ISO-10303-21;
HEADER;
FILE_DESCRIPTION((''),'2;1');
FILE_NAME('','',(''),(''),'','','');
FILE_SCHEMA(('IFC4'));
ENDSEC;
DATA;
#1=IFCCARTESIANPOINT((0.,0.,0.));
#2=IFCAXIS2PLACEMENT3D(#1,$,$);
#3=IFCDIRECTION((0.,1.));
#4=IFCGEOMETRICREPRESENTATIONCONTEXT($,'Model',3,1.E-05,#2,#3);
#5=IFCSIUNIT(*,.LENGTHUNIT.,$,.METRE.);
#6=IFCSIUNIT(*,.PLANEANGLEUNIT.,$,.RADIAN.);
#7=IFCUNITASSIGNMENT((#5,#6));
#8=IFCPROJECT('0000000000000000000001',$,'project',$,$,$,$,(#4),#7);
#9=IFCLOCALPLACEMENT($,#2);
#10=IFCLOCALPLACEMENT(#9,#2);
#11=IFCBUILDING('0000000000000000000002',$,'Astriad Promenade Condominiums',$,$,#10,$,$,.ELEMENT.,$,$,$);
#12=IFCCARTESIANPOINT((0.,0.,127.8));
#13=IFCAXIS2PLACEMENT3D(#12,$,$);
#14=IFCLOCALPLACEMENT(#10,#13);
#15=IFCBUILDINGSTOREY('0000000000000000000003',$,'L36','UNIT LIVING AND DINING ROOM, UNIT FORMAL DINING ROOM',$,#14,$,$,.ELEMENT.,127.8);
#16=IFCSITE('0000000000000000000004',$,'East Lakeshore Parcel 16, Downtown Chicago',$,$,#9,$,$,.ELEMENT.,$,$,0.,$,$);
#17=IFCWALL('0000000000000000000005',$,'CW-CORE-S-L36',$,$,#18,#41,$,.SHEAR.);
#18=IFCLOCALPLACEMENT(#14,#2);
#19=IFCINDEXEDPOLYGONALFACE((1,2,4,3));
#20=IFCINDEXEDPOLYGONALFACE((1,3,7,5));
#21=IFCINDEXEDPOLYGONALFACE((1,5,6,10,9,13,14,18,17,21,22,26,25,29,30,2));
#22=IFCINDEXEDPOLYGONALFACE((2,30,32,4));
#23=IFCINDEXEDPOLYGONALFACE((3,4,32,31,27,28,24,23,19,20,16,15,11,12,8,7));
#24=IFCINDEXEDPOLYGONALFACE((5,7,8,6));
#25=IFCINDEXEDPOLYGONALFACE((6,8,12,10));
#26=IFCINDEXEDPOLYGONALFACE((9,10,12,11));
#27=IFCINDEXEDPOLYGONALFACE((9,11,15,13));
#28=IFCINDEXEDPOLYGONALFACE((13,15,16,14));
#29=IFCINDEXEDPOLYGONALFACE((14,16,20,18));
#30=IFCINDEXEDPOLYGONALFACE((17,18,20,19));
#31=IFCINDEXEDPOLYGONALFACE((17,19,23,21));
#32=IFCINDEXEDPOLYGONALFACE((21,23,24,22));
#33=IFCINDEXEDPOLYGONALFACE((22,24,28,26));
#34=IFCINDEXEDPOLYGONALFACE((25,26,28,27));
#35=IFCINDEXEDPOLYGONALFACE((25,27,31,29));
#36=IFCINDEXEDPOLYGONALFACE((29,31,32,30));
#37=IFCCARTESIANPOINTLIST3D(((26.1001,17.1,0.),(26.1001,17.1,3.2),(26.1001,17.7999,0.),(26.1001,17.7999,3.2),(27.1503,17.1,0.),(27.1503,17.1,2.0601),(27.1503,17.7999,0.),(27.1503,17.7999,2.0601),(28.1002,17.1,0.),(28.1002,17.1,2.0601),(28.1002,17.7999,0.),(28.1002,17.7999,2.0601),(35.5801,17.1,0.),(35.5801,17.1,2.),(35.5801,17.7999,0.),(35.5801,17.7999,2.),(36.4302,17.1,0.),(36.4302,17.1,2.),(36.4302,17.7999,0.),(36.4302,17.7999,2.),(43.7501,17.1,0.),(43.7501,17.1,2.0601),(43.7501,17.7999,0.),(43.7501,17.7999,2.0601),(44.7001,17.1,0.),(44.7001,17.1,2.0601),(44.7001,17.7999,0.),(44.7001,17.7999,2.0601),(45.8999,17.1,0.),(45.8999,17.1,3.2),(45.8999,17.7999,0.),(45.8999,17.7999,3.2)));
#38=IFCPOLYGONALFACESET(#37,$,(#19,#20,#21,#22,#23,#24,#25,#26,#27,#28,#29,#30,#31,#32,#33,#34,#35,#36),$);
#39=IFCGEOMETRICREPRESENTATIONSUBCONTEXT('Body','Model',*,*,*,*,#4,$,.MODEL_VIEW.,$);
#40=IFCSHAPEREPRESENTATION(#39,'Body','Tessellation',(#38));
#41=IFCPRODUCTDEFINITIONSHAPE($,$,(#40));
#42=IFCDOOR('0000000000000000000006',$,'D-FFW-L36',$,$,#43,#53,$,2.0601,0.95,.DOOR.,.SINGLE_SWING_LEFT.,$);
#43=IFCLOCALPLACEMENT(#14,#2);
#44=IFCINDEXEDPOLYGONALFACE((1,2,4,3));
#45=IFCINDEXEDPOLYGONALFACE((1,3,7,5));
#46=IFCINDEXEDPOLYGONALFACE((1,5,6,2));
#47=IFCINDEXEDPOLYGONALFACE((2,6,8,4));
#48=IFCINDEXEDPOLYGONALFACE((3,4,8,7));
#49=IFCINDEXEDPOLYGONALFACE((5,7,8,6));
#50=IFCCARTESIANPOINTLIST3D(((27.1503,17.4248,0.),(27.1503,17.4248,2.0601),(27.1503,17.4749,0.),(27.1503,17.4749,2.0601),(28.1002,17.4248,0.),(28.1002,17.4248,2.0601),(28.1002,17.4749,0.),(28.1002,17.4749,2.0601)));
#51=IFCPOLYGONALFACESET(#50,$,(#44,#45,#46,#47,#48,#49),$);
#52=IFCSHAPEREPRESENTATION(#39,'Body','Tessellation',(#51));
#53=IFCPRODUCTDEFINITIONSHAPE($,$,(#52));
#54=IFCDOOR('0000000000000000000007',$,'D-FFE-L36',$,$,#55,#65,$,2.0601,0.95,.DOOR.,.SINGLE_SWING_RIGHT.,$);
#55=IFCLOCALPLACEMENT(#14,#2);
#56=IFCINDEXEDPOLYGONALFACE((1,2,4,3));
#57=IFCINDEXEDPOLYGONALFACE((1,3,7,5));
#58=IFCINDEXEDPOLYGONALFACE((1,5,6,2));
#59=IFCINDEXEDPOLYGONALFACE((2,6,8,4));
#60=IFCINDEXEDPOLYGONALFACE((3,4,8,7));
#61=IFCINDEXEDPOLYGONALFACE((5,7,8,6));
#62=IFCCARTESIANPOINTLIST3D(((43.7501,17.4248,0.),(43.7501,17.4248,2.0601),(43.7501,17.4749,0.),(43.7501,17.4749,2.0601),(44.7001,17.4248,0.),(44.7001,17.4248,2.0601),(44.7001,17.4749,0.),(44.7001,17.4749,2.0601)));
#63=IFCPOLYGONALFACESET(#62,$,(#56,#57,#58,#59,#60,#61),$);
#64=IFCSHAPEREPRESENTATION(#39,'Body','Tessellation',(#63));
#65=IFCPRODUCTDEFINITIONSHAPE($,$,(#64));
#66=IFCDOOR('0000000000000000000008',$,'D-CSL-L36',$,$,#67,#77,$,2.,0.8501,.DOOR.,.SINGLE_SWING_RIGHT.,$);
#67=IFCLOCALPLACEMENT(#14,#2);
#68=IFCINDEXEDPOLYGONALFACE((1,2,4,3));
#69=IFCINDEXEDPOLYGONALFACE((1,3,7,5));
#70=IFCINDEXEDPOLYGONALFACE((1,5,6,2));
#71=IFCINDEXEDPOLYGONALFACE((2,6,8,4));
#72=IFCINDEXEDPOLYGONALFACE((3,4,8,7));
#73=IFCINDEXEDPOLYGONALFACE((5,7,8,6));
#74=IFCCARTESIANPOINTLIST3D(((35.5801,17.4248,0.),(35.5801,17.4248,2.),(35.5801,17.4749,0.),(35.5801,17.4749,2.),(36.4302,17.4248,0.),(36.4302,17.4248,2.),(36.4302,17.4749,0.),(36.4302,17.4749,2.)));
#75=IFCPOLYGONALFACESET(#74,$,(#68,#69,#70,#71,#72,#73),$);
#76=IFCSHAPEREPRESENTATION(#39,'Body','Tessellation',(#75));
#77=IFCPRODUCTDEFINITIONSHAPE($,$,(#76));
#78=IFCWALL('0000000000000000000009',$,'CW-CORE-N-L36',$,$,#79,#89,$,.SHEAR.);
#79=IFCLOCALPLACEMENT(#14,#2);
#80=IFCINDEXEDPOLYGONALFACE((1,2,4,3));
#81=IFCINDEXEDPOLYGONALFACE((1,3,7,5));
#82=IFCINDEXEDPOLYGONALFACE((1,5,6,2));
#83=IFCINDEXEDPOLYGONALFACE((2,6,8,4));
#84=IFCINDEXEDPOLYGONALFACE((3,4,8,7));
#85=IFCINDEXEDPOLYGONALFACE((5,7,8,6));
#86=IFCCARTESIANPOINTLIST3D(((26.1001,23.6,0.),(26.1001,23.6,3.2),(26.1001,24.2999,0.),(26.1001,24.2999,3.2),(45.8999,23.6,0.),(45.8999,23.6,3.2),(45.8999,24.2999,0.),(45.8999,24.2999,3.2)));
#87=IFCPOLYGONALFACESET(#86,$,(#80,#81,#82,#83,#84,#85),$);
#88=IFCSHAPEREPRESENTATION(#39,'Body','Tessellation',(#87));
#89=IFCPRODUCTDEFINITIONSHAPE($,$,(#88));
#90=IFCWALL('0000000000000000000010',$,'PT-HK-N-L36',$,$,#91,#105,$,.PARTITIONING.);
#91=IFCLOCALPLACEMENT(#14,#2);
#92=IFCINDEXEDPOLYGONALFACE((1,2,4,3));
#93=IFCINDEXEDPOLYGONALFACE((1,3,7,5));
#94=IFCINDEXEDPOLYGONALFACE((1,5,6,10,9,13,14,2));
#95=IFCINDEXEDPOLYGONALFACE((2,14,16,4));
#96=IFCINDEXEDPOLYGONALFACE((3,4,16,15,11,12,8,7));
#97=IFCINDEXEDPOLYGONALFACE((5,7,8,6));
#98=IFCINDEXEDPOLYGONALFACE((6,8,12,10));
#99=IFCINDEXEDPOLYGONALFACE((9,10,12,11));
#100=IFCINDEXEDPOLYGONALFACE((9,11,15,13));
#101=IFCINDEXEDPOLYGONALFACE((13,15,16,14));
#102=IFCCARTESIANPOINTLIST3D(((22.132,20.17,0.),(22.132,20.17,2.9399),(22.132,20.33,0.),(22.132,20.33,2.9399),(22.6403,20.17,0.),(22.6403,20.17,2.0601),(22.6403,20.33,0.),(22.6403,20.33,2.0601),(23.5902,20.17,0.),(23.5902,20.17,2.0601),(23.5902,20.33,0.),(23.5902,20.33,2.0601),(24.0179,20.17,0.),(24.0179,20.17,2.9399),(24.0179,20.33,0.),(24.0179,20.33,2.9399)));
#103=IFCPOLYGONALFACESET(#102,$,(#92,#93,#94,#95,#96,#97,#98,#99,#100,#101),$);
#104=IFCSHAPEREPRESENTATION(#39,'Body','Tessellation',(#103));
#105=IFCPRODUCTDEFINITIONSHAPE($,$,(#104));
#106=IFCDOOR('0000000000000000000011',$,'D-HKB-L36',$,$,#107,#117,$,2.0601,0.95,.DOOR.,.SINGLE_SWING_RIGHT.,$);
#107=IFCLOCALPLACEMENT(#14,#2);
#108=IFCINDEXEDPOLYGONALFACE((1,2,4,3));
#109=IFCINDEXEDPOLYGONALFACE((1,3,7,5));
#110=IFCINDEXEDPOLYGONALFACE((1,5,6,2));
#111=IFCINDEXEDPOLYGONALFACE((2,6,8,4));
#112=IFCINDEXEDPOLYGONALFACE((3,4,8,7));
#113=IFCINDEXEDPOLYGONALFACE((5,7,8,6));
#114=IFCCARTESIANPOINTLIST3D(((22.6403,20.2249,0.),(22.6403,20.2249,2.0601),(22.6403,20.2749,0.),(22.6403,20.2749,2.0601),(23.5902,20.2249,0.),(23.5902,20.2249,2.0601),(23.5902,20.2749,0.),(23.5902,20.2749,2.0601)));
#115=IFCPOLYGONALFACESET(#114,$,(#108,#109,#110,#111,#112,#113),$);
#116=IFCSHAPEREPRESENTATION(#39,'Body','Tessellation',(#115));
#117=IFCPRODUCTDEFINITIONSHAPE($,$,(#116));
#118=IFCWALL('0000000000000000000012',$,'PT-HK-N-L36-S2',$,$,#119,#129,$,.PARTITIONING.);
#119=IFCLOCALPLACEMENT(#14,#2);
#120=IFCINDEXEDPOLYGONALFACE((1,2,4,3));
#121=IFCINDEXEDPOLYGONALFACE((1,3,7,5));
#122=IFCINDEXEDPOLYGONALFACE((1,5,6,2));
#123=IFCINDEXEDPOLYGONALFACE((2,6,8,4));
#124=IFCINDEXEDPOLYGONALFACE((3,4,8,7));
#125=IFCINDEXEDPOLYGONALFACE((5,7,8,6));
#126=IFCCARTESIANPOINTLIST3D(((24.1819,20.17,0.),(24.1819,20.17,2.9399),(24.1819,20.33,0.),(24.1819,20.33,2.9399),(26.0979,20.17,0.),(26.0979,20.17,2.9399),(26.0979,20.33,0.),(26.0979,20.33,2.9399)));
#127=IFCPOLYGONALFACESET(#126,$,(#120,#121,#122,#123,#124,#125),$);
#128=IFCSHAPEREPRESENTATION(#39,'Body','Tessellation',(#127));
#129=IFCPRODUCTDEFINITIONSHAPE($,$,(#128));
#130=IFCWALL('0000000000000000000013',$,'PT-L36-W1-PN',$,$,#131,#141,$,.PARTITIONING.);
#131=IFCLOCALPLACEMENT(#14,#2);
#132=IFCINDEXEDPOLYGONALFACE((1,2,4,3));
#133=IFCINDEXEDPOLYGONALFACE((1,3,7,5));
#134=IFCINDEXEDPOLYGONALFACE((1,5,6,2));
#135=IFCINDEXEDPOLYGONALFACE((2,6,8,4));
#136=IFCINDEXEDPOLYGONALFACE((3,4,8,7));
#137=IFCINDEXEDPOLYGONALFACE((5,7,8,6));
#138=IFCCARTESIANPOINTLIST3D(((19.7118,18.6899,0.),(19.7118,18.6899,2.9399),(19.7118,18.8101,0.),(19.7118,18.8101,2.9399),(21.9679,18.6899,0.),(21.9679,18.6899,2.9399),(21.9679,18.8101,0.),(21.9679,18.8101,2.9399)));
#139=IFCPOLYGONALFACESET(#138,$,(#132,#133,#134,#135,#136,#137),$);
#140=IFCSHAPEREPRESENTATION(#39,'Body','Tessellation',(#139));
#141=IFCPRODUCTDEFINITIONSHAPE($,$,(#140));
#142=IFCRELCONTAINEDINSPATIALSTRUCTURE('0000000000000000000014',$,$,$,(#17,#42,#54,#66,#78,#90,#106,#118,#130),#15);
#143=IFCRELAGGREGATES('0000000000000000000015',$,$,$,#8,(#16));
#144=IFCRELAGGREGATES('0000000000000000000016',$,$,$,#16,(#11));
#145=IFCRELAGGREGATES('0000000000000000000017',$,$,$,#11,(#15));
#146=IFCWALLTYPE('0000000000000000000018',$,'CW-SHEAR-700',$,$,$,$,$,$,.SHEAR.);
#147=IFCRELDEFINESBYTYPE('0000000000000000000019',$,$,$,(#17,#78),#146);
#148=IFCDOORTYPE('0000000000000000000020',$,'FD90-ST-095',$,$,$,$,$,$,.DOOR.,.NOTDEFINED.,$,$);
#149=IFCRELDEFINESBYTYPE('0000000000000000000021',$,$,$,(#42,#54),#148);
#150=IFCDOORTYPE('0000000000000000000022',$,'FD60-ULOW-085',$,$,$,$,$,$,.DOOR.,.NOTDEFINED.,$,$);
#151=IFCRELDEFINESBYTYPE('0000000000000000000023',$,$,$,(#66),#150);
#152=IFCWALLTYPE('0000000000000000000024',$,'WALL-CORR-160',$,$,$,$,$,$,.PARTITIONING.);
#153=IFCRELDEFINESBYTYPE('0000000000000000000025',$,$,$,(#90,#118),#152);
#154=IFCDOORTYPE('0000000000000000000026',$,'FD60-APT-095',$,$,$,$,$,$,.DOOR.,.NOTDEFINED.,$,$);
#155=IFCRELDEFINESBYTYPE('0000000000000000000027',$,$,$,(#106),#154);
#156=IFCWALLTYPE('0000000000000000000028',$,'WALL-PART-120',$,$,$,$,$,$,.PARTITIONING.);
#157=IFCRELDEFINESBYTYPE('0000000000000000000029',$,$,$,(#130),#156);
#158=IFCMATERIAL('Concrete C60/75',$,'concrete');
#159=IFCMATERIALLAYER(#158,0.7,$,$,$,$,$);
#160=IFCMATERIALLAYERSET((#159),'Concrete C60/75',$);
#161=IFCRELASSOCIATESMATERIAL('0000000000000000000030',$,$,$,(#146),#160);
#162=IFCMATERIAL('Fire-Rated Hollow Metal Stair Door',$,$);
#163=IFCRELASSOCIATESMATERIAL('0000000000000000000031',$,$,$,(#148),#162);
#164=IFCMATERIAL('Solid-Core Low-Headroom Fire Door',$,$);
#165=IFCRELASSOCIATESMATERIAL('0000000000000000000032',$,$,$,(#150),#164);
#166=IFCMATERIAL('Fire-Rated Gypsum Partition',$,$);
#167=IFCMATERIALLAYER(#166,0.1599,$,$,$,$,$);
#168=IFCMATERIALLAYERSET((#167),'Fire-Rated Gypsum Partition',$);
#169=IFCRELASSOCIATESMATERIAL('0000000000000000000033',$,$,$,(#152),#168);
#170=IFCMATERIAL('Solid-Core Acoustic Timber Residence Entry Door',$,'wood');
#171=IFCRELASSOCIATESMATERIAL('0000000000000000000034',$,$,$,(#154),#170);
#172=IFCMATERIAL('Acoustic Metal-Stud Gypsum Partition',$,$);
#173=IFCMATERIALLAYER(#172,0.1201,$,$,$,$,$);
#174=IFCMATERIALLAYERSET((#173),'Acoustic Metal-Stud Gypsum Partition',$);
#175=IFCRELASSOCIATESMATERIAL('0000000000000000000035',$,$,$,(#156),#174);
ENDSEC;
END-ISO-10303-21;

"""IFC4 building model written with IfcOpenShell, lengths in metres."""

from ifc_helpers import new_model, si_unit, direction, frame, frame_2d, origin, place, context, subcontext, project, spatial, rectangle, extrude, source, transform, mapped, material, layer, layer_set, type_object, type_shapes, element, fill, save


model = new_model("IFC4")

# Units and contexts
model_context = context("Model", 3, precision=1e-05, world=origin(), true_north=direction((0.0, 1.0)))
body_context = subcontext(model_context, "Body", "Model", "MODEL_VIEW")
ifc_project = project(units=[si_unit("LENGTHUNIT", "METRE"), si_unit("PLANEANGLEUNIT", "RADIAN")], contexts=[model_context])

# Site, building, storey
site_placement = place(None, origin())
site = spatial("IfcSite", under=ifc_project, at=site_placement, Name="East Lakeshore Parcel 16, Downtown Chicago", CompositionType="ELEMENT", RefElevation=0.0)
building_placement = place(site_placement, origin())
building = spatial("IfcBuilding", under=site, at=building_placement, Name="Astriad Promenade Condominiums", CompositionType="ELEMENT")
storey_placement = place(building_placement, frame((0.0, 0.0, 127.8)))
storey = spatial("IfcBuildingStorey", under=building, at=storey_placement, Name="L36", Description="UNIT LIVING AND DINING ROOM, UNIT FORMAL DINING ROOM", CompositionType="ELEMENT", Elevation=127.8)

# Shared definitions
ifc_material_1 = material(Name="Concrete C60/75", Category="concrete")

# Wall, openings, doors
ifc_layer_1 = layer(ifc_material_1, 0.7)
ifc_layer_set_1 = layer_set([ifc_layer_1], Name="Concrete C60/75")
wall_type_1 = type_object("IfcWallType", Name="CW-SHEAR-700", PredefinedType="SHEAR", material=ifc_layer_set_1)
wall_1_placement = place(storey_placement, frame((26.1001, 17.45, 0.0), z_axis=(0.0, 0.0, 1.0), x_axis=(1.0, 0.0, 0.0)))
wall_1 = element("IfcWall", 1, at=wall_1_placement, inside=storey, type_object=wall_type_1, Name="CW-CORE-S-L36", PredefinedType="SHEAR", context=body_context, shape_type="SweptSolid", body=[
    extrude(rectangle(XDim=19.7998, YDim=0.7, at=frame_2d((9.8999, 0.0))), origin(), (0.0, 0.0, 1.0), 3.2),
])
opening_1_placement = place(wall_1_placement, frame((1.05, 0.0, 0.0)))
opening_1 = element("IfcOpeningElement", 2, at=opening_1_placement, cuts=wall_1, PredefinedType="OPENING", context=body_context, shape_type="SweptSolid", body=[
    extrude(rectangle(XDim=0.95, YDim=2.0601, at=frame_2d((0.4751, 1.03))), frame((0.0, 0.3599, 0.0), z_axis=(0.0, -1.0, 0.0), x_axis=(1.0, 0.0, 0.0)), (0.0, 0.0, 1.0), 0.72),
])
opening_2_placement = place(wall_1_placement, frame((9.48, 0.0, 0.0)))
opening_2 = element("IfcOpeningElement", 3, at=opening_2_placement, cuts=wall_1, PredefinedType="OPENING", context=body_context, shape_type="SweptSolid", body=[
    extrude(rectangle(XDim=0.8501, YDim=2.0, at=frame_2d((0.425, 1.0))), frame((0.0, 0.3599, 0.0), z_axis=(0.0, -1.0, 0.0), x_axis=(1.0, 0.0, 0.0)), (0.0, 0.0, 1.0), 0.72),
])
opening_3_placement = place(wall_1_placement, frame((17.6499, 0.0, 0.0)))
opening_3 = element("IfcOpeningElement", 4, at=opening_3_placement, cuts=wall_1, PredefinedType="OPENING", context=body_context, shape_type="SweptSolid", body=[
    extrude(rectangle(XDim=0.95, YDim=2.0601, at=frame_2d((0.4751, 1.03))), frame((0.0, 0.3599, 0.0), z_axis=(0.0, -1.0, 0.0), x_axis=(1.0, 0.0, 0.0)), (0.0, 0.0, 1.0), 0.72),
])
ifc_material_2 = material(Name="Fire-Rated Hollow Metal Stair Door")
door_type_1 = type_object("IfcDoorType", Name="FD90-ST-095", OperationType="NOTDEFINED", PredefinedType="DOOR", material=ifc_material_2)
shared_shape_1 = source(origin(), body_context, "Body", "SweptSolid", [
    extrude(rectangle(XDim=0.95, YDim=2.0601, at=frame_2d((0.4751, 1.03))), frame((0.0, 0.0249, 0.0), z_axis=(0.0, -1.0, 0.0), x_axis=(1.0, 0.0, 0.0)), (0.0, 0.0, 1.0), 0.05),
])
type_shapes(door_type_1, [shared_shape_1])
door_1_placement = place(opening_1_placement, origin())
door_1 = element("IfcDoor", 5, at=door_1_placement, inside=storey, type_object=door_type_1, Name="D-FFW-L36", OperationType="SINGLE_SWING_LEFT", OverallHeight=2.0601, OverallWidth=0.95, PredefinedType="DOOR", context=body_context, shape_type="MappedRepresentation", body=[
    mapped(shared_shape_1, transform((0.0, 0.0, 0.0), scale=1.0)),
])
fill(opening_1, door_1)
door_2_placement = place(opening_3_placement, origin())
door_2 = element("IfcDoor", 6, at=door_2_placement, inside=storey, type_object=door_type_1, Name="D-FFE-L36", OperationType="SINGLE_SWING_RIGHT", OverallHeight=2.0601, OverallWidth=0.95, PredefinedType="DOOR", context=body_context, shape_type="MappedRepresentation", body=[
    mapped(shared_shape_1, transform((0.0, 0.0, 0.0), scale=1.0)),
])
fill(opening_3, door_2)
ifc_material_3 = material(Name="Solid-Core Low-Headroom Fire Door")
door_type_2 = type_object("IfcDoorType", Name="FD60-ULOW-085", OperationType="NOTDEFINED", PredefinedType="DOOR", material=ifc_material_3)
shared_shape_2 = source(origin(), body_context, "Body", "SweptSolid", [
    extrude(rectangle(XDim=0.8501, YDim=2.0, at=frame_2d((0.425, 1.0))), frame((0.0, 0.0249, 0.0), z_axis=(0.0, -1.0, 0.0), x_axis=(1.0, 0.0, 0.0)), (0.0, 0.0, 1.0), 0.05),
])
type_shapes(door_type_2, [shared_shape_2])
door_3_placement = place(opening_2_placement, origin())
door_3 = element("IfcDoor", 7, at=door_3_placement, inside=storey, type_object=door_type_2, Name="D-CSL-L36", OperationType="SINGLE_SWING_RIGHT", OverallHeight=2.0, OverallWidth=0.8501, PredefinedType="DOOR", context=body_context, shape_type="MappedRepresentation", body=[
    mapped(shared_shape_2, transform((0.0, 0.0, 0.0), scale=1.0)),
])
fill(opening_2, door_3)

# Wall
wall_2_placement = place(storey_placement, frame((26.1001, 23.95, 0.0), z_axis=(0.0, 0.0, 1.0), x_axis=(1.0, 0.0, 0.0)))
element("IfcWall", 8, at=wall_2_placement, inside=storey, type_object=wall_type_1, Name="CW-CORE-N-L36", PredefinedType="SHEAR", context=body_context, shape_type="SweptSolid", body=[
    extrude(rectangle(XDim=19.7998, YDim=0.7, at=frame_2d((9.8999, 0.0))), origin(), (0.0, 0.0, 1.0), 3.2),
])

# Wall, opening, door
ifc_material_4 = material(Name="Fire-Rated Gypsum Partition")
ifc_layer_2 = layer(ifc_material_4, 0.1599)
ifc_layer_set_2 = layer_set([ifc_layer_2], Name="Fire-Rated Gypsum Partition")
wall_type_2 = type_object("IfcWallType", Name="WALL-CORR-160", PredefinedType="PARTITIONING", material=ifc_layer_set_2)
wall_3_placement = place(storey_placement, frame((22.1321, 20.25, 0.0), z_axis=(0.0, 0.0, 1.0), x_axis=(1.0, 0.0, 0.0)))
wall_3 = element("IfcWall", 9, at=wall_3_placement, inside=storey, type_object=wall_type_2, Name="PT-HK-N-L36", PredefinedType="PARTITIONING", context=body_context, shape_type="SweptSolid", body=[
    extrude(rectangle(XDim=1.886, YDim=0.1599, at=frame_2d((0.9429, 0.0))), origin(), (0.0, 0.0, 1.0), 2.9399),
])
opening_4_placement = place(wall_3_placement, frame((0.5081, 0.0, 0.0)))
opening_4 = element("IfcOpeningElement", 10, at=opening_4_placement, cuts=wall_3, PredefinedType="OPENING", context=body_context, shape_type="SweptSolid", body=[
    extrude(rectangle(XDim=0.95, YDim=2.0601, at=frame_2d((0.4751, 1.03))), frame((0.0, 0.0898, 0.0), z_axis=(0.0, -1.0, 0.0), x_axis=(1.0, 0.0, 0.0)), (0.0, 0.0, 1.0), 0.1799),
])
ifc_material_5 = material(Name="Solid-Core Acoustic Timber Residence Entry Door", Category="wood")
door_type_3 = type_object("IfcDoorType", Name="FD60-APT-095", OperationType="NOTDEFINED", PredefinedType="DOOR", material=ifc_material_5)
shared_shape_3 = source(origin(), body_context, "Body", "SweptSolid", [
    extrude(rectangle(XDim=0.95, YDim=2.0601, at=frame_2d((0.4751, 1.03))), frame((0.0, 0.0249, 0.0), z_axis=(0.0, -1.0, 0.0), x_axis=(1.0, 0.0, 0.0)), (0.0, 0.0, 1.0), 0.05),
])
type_shapes(door_type_3, [shared_shape_3])
door_4_placement = place(opening_4_placement, origin())
door_4 = element("IfcDoor", 11, at=door_4_placement, inside=storey, type_object=door_type_3, Name="D-HKB-L36", OperationType="SINGLE_SWING_RIGHT", OverallHeight=2.0601, OverallWidth=0.95, PredefinedType="DOOR", context=body_context, shape_type="MappedRepresentation", body=[
    mapped(shared_shape_3, transform((0.0, 0.0, 0.0), scale=1.0)),
])
fill(opening_4, door_4)

# Walls
wall_4_placement = place(storey_placement, frame((24.1819, 20.25, 0.0), z_axis=(0.0, 0.0, 1.0), x_axis=(1.0, 0.0, 0.0)))
element("IfcWall", 12, at=wall_4_placement, inside=storey, type_object=wall_type_2, Name="PT-HK-N-L36-S2", PredefinedType="PARTITIONING", context=body_context, shape_type="SweptSolid", body=[
    extrude(rectangle(XDim=1.916, YDim=0.1599, at=frame_2d((0.958, 0.0))), origin(), (0.0, 0.0, 1.0), 2.9399),
])
ifc_material_6 = material(Name="Acoustic Metal-Stud Gypsum Partition")
ifc_layer_3 = layer(ifc_material_6, 0.1201)
ifc_layer_set_3 = layer_set([ifc_layer_3], Name="Acoustic Metal-Stud Gypsum Partition")
wall_type_3 = type_object("IfcWallType", Name="WALL-PART-120", PredefinedType="PARTITIONING", material=ifc_layer_set_3)
wall_5_placement = place(storey_placement, frame((19.7119, 18.75, 0.0), z_axis=(0.0, 0.0, 1.0), x_axis=(1.0, 0.0, 0.0)))
element("IfcWall", 13, at=wall_5_placement, inside=storey, type_object=wall_type_3, Name="PT-L36-W1-PN", PredefinedType="PARTITIONING", context=body_context, shape_type="SweptSolid", body=[
    extrude(rectangle(XDim=2.2561, YDim=0.1201, at=frame_2d((1.1279, 0.0))), origin(), (0.0, 0.0, 1.0), 2.9399),
])

save(model, "model.ifc")
